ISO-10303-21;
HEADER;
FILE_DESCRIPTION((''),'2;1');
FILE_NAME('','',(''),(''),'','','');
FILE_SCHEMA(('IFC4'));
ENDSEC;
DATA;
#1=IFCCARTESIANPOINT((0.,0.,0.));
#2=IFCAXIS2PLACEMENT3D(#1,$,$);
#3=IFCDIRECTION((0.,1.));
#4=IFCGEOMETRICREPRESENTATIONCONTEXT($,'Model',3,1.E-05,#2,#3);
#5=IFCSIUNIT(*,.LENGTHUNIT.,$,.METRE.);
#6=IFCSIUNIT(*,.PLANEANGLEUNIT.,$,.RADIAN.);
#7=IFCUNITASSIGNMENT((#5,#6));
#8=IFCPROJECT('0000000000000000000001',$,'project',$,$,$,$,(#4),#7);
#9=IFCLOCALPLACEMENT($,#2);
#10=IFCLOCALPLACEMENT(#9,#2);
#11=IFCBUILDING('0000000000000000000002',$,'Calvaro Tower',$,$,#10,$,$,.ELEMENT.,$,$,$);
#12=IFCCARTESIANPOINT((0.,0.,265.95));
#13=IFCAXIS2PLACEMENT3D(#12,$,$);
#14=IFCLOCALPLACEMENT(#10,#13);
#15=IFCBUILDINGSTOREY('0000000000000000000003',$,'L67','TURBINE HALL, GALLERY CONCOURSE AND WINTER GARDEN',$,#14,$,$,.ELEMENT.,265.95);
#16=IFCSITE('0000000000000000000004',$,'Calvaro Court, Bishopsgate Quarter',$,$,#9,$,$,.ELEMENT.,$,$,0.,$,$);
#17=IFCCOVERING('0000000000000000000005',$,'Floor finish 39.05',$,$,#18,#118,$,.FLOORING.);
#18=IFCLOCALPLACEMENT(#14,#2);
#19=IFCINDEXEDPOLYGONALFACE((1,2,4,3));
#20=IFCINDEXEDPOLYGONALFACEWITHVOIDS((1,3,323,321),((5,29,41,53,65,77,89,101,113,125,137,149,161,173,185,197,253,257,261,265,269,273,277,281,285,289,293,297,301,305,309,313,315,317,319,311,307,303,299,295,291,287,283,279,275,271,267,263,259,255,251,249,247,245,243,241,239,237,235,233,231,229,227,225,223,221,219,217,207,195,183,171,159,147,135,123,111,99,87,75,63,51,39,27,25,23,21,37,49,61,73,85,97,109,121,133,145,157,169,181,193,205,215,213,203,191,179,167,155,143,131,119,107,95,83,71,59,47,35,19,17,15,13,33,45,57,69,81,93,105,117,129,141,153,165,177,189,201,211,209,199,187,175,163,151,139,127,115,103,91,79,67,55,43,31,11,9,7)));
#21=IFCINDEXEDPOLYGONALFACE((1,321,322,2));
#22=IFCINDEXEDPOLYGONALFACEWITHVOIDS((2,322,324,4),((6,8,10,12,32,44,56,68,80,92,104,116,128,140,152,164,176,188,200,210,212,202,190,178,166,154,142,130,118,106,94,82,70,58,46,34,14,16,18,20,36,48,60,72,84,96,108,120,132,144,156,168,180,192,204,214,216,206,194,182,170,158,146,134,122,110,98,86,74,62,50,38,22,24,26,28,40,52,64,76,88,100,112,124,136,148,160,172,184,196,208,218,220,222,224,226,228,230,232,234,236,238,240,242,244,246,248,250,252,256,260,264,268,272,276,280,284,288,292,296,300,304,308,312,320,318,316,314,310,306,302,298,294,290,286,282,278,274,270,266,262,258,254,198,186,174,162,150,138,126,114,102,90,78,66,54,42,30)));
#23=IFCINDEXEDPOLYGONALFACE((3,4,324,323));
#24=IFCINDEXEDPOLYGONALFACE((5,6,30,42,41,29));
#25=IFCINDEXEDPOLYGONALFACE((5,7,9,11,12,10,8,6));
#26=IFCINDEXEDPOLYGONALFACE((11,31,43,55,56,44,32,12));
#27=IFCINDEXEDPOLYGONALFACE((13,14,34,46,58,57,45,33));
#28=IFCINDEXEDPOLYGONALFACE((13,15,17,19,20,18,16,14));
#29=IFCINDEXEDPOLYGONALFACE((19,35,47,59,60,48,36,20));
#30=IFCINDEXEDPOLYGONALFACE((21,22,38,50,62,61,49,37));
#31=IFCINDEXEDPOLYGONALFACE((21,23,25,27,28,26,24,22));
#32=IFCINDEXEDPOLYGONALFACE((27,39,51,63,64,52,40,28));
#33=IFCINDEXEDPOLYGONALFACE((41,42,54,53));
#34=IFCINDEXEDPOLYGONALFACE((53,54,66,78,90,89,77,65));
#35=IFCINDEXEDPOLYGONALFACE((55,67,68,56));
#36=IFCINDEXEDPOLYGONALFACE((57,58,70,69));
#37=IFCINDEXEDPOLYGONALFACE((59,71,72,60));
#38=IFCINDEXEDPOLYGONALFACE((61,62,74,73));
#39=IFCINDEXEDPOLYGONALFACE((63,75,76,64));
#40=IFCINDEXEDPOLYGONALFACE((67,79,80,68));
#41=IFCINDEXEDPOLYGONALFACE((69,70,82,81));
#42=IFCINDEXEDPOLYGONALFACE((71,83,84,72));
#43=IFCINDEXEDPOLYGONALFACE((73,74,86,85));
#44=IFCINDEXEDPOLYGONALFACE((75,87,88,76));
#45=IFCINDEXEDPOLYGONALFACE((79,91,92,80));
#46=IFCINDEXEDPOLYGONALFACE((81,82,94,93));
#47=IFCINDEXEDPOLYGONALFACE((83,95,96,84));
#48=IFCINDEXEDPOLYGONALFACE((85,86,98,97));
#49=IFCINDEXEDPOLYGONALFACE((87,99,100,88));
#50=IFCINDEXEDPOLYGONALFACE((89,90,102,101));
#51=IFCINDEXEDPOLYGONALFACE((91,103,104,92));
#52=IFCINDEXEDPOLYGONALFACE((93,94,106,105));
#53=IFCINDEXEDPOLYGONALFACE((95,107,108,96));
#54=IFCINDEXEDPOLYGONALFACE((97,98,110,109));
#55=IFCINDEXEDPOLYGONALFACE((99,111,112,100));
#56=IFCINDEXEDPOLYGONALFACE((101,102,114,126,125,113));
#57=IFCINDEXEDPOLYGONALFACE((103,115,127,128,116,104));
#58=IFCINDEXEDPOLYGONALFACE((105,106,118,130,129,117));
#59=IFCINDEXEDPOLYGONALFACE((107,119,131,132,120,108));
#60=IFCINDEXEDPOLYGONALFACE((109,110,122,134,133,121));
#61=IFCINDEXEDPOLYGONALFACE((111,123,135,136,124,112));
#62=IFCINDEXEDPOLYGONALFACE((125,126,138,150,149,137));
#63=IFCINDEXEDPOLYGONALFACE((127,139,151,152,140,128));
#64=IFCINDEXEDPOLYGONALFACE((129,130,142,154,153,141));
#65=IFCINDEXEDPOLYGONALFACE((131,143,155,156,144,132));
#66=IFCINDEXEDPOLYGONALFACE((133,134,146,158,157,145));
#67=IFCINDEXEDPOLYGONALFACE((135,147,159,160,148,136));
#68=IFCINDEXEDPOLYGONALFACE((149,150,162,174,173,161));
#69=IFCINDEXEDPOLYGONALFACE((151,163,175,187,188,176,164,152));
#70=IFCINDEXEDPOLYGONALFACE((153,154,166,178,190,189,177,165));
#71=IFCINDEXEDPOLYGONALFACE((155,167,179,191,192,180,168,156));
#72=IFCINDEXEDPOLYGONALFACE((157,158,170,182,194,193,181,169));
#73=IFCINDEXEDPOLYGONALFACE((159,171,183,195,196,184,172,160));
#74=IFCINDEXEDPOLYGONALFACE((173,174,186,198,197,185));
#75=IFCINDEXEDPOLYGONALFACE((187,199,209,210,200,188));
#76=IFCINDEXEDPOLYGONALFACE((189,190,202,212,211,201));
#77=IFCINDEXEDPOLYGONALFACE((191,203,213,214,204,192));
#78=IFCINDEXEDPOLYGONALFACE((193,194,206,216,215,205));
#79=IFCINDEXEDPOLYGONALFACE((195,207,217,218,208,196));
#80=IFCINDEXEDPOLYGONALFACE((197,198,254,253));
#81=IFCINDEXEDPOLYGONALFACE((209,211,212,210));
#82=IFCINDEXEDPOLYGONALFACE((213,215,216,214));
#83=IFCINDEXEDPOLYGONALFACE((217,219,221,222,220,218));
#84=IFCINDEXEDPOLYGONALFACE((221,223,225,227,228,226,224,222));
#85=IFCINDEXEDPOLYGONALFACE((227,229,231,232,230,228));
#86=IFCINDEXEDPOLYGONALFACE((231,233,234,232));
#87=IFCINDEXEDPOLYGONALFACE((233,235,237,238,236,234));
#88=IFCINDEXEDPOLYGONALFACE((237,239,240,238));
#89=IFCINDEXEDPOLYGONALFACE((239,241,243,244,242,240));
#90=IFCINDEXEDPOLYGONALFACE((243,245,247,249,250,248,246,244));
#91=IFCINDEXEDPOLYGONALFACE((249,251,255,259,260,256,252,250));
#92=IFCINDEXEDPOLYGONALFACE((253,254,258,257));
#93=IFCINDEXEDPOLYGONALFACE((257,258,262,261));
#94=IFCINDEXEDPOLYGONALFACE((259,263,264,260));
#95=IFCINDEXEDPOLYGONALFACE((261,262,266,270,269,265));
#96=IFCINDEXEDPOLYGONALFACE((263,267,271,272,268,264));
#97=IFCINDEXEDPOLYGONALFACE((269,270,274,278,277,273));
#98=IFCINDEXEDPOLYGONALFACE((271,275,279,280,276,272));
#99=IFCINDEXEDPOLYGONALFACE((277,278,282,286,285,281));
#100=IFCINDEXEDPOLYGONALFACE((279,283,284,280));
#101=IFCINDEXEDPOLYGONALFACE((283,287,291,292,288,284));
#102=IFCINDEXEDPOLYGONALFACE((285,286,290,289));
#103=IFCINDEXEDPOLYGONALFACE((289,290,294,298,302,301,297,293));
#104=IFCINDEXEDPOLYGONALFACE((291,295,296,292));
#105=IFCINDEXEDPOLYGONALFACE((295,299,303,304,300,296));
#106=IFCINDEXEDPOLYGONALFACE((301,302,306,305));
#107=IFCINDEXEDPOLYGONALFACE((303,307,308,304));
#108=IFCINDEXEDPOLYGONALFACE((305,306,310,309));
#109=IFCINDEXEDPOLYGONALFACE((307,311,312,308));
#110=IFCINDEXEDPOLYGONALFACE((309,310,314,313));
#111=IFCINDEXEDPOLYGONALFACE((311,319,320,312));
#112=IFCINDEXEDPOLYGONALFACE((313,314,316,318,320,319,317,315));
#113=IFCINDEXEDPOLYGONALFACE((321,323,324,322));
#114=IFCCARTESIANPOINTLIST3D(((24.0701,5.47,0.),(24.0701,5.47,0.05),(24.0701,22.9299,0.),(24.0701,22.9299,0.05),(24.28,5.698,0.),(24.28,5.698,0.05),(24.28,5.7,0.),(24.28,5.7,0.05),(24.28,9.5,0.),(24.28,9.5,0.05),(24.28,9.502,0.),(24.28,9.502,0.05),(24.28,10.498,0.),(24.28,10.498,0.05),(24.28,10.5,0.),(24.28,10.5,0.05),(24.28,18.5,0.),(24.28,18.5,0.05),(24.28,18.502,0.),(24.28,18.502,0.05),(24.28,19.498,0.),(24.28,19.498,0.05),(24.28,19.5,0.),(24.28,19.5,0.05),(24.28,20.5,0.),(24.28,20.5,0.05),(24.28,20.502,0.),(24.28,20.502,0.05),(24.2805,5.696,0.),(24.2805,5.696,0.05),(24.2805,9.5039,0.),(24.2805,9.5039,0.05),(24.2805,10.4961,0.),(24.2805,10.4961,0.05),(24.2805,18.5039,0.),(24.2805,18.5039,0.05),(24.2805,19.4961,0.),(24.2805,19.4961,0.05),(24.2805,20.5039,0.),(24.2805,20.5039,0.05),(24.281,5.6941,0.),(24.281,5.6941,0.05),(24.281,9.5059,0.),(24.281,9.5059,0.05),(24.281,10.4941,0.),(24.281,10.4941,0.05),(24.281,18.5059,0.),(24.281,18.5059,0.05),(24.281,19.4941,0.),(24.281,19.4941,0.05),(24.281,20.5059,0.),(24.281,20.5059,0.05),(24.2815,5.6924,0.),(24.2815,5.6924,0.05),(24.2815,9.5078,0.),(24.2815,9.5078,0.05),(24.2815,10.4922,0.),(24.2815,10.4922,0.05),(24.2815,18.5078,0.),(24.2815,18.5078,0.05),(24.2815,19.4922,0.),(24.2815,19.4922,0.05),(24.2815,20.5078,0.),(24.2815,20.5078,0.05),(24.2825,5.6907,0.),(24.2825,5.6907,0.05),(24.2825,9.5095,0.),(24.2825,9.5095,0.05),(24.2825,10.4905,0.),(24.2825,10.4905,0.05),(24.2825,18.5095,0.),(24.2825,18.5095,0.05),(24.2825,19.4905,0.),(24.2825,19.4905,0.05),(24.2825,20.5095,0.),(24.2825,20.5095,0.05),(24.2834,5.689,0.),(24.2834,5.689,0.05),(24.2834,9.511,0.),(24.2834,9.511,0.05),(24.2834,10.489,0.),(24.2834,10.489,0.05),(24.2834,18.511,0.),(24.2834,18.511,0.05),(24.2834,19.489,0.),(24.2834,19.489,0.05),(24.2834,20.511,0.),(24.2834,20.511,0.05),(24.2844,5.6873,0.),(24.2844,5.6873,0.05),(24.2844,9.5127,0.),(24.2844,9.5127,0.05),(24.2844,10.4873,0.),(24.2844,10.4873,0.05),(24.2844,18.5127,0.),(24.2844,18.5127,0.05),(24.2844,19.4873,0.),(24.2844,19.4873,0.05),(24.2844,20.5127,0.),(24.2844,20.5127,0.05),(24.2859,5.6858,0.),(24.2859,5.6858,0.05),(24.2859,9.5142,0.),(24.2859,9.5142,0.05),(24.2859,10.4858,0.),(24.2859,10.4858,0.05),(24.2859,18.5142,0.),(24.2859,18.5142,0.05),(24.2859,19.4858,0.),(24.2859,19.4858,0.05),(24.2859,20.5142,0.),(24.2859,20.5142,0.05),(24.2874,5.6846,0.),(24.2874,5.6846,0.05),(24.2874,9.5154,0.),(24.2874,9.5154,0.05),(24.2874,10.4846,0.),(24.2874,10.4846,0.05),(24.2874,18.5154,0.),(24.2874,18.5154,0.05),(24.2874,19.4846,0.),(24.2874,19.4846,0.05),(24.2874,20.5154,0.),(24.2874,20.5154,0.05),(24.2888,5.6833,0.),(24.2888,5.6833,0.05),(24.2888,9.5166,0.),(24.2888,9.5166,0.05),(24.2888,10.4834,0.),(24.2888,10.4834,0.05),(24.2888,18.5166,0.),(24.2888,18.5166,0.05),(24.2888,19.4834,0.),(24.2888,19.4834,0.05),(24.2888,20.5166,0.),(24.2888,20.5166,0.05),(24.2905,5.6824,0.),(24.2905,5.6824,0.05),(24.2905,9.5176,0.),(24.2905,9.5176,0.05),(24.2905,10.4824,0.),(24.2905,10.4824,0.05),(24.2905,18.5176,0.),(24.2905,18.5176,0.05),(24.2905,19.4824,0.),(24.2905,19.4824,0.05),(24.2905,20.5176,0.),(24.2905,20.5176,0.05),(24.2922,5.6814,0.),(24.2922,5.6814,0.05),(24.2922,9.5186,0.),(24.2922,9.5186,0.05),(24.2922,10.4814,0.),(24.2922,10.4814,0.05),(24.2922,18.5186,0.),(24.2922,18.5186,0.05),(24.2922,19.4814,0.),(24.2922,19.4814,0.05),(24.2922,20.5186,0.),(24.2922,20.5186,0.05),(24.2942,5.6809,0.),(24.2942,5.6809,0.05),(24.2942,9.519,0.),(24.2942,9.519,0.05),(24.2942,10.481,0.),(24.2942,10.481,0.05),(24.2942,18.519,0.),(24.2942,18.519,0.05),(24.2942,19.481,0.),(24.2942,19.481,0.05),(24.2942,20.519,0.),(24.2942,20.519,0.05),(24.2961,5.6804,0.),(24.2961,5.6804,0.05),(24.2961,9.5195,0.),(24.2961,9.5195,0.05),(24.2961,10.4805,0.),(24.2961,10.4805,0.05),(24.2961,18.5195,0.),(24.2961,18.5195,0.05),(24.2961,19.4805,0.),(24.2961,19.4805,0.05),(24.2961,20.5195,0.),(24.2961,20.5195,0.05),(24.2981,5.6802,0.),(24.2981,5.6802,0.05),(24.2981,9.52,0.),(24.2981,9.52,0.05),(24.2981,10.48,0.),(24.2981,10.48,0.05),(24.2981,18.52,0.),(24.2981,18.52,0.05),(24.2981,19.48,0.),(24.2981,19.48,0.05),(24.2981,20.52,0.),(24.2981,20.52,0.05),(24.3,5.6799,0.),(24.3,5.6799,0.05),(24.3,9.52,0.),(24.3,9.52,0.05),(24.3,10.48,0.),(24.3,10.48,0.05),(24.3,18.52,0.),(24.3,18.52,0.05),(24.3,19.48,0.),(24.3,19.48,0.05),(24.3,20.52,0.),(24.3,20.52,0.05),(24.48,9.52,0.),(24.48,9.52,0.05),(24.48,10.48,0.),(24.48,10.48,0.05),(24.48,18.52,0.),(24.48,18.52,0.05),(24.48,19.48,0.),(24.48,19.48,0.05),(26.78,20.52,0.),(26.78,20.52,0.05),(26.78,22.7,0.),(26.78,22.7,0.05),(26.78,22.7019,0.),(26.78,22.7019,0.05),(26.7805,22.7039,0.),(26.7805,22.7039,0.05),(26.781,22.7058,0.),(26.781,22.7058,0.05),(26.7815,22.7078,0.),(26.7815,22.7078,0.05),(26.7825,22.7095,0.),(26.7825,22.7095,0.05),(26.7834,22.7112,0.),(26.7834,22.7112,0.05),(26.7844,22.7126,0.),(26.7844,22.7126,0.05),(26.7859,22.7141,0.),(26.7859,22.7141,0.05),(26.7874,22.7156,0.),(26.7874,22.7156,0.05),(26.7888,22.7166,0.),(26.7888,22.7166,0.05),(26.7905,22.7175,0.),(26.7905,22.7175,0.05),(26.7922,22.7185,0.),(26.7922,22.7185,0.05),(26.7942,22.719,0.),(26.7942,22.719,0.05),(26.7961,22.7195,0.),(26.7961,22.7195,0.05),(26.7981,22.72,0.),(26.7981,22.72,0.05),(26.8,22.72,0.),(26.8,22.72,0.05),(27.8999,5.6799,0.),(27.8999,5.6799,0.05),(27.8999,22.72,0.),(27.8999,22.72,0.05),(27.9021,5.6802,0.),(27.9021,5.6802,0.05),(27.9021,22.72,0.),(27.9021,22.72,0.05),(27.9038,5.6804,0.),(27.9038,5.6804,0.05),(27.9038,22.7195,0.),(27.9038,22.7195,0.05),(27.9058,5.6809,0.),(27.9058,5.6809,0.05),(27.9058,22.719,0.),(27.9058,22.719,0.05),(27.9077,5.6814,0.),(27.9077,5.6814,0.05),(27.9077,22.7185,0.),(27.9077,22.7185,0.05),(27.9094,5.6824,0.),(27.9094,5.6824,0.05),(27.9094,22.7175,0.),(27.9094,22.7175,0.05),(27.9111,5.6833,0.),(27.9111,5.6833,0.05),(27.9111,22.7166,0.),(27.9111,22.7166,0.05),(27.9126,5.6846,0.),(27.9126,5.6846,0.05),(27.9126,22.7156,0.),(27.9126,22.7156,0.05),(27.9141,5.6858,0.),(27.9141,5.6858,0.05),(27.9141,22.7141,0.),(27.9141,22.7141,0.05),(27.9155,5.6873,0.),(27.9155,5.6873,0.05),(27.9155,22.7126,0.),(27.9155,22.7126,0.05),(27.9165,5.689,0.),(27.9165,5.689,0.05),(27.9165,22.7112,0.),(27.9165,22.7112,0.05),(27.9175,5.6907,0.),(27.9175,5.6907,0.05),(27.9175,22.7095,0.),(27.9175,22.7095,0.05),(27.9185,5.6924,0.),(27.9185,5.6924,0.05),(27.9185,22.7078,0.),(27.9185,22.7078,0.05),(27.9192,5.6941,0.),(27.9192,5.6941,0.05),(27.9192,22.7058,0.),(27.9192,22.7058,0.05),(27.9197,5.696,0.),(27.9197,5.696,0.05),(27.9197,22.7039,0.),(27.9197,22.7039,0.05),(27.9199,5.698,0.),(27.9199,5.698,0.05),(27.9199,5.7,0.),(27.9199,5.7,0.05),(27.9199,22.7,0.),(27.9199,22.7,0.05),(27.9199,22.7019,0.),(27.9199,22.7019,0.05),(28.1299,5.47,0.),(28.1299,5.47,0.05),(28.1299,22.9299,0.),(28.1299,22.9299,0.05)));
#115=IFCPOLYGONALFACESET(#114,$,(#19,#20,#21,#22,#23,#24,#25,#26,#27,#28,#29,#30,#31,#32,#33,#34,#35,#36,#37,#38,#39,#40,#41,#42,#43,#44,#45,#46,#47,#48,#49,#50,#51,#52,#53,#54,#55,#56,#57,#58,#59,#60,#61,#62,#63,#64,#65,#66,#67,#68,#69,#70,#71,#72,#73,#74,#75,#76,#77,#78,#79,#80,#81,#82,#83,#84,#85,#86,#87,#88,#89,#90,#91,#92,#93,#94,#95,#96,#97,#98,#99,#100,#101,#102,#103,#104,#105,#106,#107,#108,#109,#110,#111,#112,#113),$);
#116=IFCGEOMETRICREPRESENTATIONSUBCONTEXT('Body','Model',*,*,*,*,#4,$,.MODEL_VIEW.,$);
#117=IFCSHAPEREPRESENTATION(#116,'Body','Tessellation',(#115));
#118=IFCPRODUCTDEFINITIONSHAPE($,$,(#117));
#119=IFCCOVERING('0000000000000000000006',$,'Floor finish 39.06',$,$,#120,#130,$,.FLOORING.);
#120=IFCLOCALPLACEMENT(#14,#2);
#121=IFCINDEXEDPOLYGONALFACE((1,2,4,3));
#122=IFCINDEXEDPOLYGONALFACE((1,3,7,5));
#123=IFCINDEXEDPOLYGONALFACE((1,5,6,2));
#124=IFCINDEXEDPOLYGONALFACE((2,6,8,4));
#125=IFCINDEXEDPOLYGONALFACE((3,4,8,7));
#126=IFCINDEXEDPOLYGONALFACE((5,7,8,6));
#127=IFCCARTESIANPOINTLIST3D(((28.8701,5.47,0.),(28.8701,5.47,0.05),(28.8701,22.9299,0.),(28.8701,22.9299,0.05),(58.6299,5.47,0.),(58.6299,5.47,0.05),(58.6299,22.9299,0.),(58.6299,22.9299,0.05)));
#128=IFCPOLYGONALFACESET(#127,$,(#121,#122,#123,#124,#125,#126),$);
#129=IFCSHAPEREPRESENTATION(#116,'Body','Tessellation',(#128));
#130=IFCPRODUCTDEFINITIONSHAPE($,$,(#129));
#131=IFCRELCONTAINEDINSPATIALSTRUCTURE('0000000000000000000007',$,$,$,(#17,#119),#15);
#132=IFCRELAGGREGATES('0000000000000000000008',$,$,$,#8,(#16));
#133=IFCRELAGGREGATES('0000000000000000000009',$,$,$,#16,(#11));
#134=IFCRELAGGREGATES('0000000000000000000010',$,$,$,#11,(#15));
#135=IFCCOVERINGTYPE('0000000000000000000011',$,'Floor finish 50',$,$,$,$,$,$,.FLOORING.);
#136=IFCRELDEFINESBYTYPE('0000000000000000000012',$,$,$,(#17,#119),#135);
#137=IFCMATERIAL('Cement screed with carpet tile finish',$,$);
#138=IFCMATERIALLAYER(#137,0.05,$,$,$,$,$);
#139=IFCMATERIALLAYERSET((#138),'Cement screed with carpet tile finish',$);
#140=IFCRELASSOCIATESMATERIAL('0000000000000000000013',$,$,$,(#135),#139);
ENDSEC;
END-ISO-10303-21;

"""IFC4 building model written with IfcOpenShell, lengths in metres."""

from ifc_helpers import new_model, si_unit, direction, frame, origin, place, context, subcontext, project, spatial, polyline, outline, extrude, material, layer, layer_set, type_object, element, save


model = new_model("IFC4")

# Units and contexts
model_context = context("Model", 3, precision=1e-05, world=origin(), true_north=direction((0.0, 1.0)))
body_context = subcontext(model_context, "Body", "Model", "MODEL_VIEW")
ifc_project = project(units=[si_unit("LENGTHUNIT", "METRE"), si_unit("PLANEANGLEUNIT", "RADIAN")], contexts=[model_context])

# Site, building, storey
site_placement = place(None, origin())
site = spatial("IfcSite", under=ifc_project, at=site_placement, Name="Calvaro Court, Bishopsgate Quarter", CompositionType="ELEMENT", RefElevation=0.0)
building_placement = place(site_placement, origin())
building = spatial("IfcBuilding", under=site, at=building_placement, Name="Calvaro Tower", CompositionType="ELEMENT")
storey_placement = place(building_placement, frame((0.0, 0.0, 265.95)))
storey = spatial("IfcBuildingStorey", under=building, at=storey_placement, Name="L67", Description="TURBINE HALL, GALLERY CONCOURSE AND WINTER GARDEN", CompositionType="ELEMENT", Elevation=265.95)

# Coverings
ifc_material_1 = material(Name="Cement screed with carpet tile finish")
ifc_layer_1 = layer(ifc_material_1, 0.05)
ifc_layer_set_1 = layer_set([ifc_layer_1], Name="Cement screed with carpet tile finish")
covering_type = type_object("IfcCoveringType", Name="Floor finish 50", PredefinedType="FLOORING", material=ifc_layer_set_1)
covering_1_placement = place(storey_placement, origin())
element("IfcCovering", 1, at=covering_1_placement, inside=storey, type_object=covering_type, Name="Floor finish 39.05", PredefinedType="FLOORING", context=body_context, shape_type="SweptSolid", body=[
    extrude(outline(polyline([(28.1299, 22.9299), (28.1299, 5.47), (24.0701, 5.47), (24.0701, 22.9299), (28.1299, 22.9299)]), holes=[polyline([(27.9199, 22.7), (27.9199, 22.7019), (27.9197, 22.7039), (27.9192, 22.7058), (27.9185, 22.7078), (27.9175, 22.7095), (27.9165, 22.7112), (27.9155, 22.7126), (27.9141, 22.7141), (27.9126, 22.7156), (27.9111, 22.7166), (27.9094, 22.7175), (27.9077, 22.7185), (27.9058, 22.719), (27.9038, 22.7195), (27.9021, 22.72), (27.8999, 22.72), (26.8, 22.72), (26.7981, 22.72), (26.7961, 22.7195), (26.7942, 22.719), (26.7922, 22.7185), (26.7905, 22.7175), (26.7888, 22.7166), (26.7874, 22.7156), (26.7859, 22.7141), (26.7844, 22.7126), (26.7834, 22.7112), (26.7825, 22.7095), (26.7815, 22.7078), (26.781, 22.7058), (26.7805, 22.7039), (26.78, 22.7019), (26.78, 22.7), (26.78, 20.52), (24.3, 20.52), (24.2981, 20.52), (24.2961, 20.5195), (24.2942, 20.519), (24.2922, 20.5186), (24.2905, 20.5176), (24.2888, 20.5166), (24.2874, 20.5154), (24.2859, 20.5142), (24.2844, 20.5127), (24.2834, 20.511), (24.2825, 20.5095), (24.2815, 20.5078), (24.281, 20.5059), (24.2805, 20.5039), (24.28, 20.502), (24.28, 20.5), (24.28, 19.5), (24.28, 19.498), (24.2805, 19.4961), (24.281, 19.4941), (24.2815, 19.4922), (24.2825, 19.4905), (24.2834, 19.489), (24.2844, 19.4873), (24.2859, 19.4858), (24.2874, 19.4846), (24.2888, 19.4834), (24.2905, 19.4824), (24.2922, 19.4814), (24.2942, 19.481), (24.2961, 19.4805), (24.2981, 19.48), (24.3, 19.48), (24.48, 19.48), (24.48, 18.52), (24.3, 18.52), (24.2981, 18.52), (24.2961, 18.5195), (24.2942, 18.519), (24.2922, 18.5186), (24.2905, 18.5176), (24.2888, 18.5166), (24.2874, 18.5154), (24.2859, 18.5142), (24.2844, 18.5127), (24.2834, 18.511), (24.2825, 18.5095), (24.2815, 18.5078), (24.281, 18.5059), (24.2805, 18.5039), (24.28, 18.502), (24.28, 18.5), (24.28, 10.5), (24.28, 10.498), (24.2805, 10.4961), (24.281, 10.4941), (24.2815, 10.4922), (24.2825, 10.4905), (24.2834, 10.489), (24.2844, 10.4873), (24.2859, 10.4858), (24.2874, 10.4846), (24.2888, 10.4834), (24.2905, 10.4824), (24.2922, 10.4814), (24.2942, 10.481), (24.2961, 10.4805), (24.2981, 10.48), (24.3, 10.48), (24.48, 10.48), (24.48, 9.52), (24.3, 9.52), (24.2981, 9.52), (24.2961, 9.5195), (24.2942, 9.519), (24.2922, 9.5186), (24.2905, 9.5176), (24.2888, 9.5166), (24.2874, 9.5154), (24.2859, 9.5142), (24.2844, 9.5127), (24.2834, 9.511), (24.2825, 9.5095), (24.2815, 9.5078), (24.281, 9.5059), (24.2805, 9.5039), (24.28, 9.502), (24.28, 9.5), (24.28, 5.7), (24.28, 5.698), (24.2805, 5.696), (24.281, 5.6941), (24.2815, 5.6924), (24.2825, 5.6907), (24.2834, 5.689), (24.2844, 5.6873), (24.2859, 5.6858), (24.2874, 5.6846), (24.2888, 5.6833), (24.2905, 5.6824), (24.2922, 5.6814), (24.2942, 5.6809), (24.2961, 5.6804), (24.2981, 5.6802), (24.3, 5.6799), (27.8999, 5.6799), (27.9021, 5.6802), (27.9038, 5.6804), (27.9058, 5.6809), (27.9077, 5.6814), (27.9094, 5.6824), (27.9111, 5.6833), (27.9126, 5.6846), (27.9141, 5.6858), (27.9155, 5.6873), (27.9165, 5.689), (27.9175, 5.6907), (27.9185, 5.6924), (27.9192, 5.6941), (27.9197, 5.696), (27.9199, 5.698), (27.9199, 5.7), (27.9199, 22.7)])]), origin(), (0.0, 0.0, 1.0), 0.05),
])
covering_2_placement = place(storey_placement, origin())
element("IfcCovering", 2, at=covering_2_placement, inside=storey, type_object=covering_type, Name="Floor finish 39.06", PredefinedType="FLOORING", context=body_context, shape_type="SweptSolid", body=[
    extrude(outline(polyline([(58.6299, 22.9299), (58.6299, 5.47), (28.8701, 5.47), (28.8701, 22.9299), (58.6299, 22.9299)])), origin(), (0.0, 0.0, 1.0), 0.05),
])

save(model, "model.ifc")
